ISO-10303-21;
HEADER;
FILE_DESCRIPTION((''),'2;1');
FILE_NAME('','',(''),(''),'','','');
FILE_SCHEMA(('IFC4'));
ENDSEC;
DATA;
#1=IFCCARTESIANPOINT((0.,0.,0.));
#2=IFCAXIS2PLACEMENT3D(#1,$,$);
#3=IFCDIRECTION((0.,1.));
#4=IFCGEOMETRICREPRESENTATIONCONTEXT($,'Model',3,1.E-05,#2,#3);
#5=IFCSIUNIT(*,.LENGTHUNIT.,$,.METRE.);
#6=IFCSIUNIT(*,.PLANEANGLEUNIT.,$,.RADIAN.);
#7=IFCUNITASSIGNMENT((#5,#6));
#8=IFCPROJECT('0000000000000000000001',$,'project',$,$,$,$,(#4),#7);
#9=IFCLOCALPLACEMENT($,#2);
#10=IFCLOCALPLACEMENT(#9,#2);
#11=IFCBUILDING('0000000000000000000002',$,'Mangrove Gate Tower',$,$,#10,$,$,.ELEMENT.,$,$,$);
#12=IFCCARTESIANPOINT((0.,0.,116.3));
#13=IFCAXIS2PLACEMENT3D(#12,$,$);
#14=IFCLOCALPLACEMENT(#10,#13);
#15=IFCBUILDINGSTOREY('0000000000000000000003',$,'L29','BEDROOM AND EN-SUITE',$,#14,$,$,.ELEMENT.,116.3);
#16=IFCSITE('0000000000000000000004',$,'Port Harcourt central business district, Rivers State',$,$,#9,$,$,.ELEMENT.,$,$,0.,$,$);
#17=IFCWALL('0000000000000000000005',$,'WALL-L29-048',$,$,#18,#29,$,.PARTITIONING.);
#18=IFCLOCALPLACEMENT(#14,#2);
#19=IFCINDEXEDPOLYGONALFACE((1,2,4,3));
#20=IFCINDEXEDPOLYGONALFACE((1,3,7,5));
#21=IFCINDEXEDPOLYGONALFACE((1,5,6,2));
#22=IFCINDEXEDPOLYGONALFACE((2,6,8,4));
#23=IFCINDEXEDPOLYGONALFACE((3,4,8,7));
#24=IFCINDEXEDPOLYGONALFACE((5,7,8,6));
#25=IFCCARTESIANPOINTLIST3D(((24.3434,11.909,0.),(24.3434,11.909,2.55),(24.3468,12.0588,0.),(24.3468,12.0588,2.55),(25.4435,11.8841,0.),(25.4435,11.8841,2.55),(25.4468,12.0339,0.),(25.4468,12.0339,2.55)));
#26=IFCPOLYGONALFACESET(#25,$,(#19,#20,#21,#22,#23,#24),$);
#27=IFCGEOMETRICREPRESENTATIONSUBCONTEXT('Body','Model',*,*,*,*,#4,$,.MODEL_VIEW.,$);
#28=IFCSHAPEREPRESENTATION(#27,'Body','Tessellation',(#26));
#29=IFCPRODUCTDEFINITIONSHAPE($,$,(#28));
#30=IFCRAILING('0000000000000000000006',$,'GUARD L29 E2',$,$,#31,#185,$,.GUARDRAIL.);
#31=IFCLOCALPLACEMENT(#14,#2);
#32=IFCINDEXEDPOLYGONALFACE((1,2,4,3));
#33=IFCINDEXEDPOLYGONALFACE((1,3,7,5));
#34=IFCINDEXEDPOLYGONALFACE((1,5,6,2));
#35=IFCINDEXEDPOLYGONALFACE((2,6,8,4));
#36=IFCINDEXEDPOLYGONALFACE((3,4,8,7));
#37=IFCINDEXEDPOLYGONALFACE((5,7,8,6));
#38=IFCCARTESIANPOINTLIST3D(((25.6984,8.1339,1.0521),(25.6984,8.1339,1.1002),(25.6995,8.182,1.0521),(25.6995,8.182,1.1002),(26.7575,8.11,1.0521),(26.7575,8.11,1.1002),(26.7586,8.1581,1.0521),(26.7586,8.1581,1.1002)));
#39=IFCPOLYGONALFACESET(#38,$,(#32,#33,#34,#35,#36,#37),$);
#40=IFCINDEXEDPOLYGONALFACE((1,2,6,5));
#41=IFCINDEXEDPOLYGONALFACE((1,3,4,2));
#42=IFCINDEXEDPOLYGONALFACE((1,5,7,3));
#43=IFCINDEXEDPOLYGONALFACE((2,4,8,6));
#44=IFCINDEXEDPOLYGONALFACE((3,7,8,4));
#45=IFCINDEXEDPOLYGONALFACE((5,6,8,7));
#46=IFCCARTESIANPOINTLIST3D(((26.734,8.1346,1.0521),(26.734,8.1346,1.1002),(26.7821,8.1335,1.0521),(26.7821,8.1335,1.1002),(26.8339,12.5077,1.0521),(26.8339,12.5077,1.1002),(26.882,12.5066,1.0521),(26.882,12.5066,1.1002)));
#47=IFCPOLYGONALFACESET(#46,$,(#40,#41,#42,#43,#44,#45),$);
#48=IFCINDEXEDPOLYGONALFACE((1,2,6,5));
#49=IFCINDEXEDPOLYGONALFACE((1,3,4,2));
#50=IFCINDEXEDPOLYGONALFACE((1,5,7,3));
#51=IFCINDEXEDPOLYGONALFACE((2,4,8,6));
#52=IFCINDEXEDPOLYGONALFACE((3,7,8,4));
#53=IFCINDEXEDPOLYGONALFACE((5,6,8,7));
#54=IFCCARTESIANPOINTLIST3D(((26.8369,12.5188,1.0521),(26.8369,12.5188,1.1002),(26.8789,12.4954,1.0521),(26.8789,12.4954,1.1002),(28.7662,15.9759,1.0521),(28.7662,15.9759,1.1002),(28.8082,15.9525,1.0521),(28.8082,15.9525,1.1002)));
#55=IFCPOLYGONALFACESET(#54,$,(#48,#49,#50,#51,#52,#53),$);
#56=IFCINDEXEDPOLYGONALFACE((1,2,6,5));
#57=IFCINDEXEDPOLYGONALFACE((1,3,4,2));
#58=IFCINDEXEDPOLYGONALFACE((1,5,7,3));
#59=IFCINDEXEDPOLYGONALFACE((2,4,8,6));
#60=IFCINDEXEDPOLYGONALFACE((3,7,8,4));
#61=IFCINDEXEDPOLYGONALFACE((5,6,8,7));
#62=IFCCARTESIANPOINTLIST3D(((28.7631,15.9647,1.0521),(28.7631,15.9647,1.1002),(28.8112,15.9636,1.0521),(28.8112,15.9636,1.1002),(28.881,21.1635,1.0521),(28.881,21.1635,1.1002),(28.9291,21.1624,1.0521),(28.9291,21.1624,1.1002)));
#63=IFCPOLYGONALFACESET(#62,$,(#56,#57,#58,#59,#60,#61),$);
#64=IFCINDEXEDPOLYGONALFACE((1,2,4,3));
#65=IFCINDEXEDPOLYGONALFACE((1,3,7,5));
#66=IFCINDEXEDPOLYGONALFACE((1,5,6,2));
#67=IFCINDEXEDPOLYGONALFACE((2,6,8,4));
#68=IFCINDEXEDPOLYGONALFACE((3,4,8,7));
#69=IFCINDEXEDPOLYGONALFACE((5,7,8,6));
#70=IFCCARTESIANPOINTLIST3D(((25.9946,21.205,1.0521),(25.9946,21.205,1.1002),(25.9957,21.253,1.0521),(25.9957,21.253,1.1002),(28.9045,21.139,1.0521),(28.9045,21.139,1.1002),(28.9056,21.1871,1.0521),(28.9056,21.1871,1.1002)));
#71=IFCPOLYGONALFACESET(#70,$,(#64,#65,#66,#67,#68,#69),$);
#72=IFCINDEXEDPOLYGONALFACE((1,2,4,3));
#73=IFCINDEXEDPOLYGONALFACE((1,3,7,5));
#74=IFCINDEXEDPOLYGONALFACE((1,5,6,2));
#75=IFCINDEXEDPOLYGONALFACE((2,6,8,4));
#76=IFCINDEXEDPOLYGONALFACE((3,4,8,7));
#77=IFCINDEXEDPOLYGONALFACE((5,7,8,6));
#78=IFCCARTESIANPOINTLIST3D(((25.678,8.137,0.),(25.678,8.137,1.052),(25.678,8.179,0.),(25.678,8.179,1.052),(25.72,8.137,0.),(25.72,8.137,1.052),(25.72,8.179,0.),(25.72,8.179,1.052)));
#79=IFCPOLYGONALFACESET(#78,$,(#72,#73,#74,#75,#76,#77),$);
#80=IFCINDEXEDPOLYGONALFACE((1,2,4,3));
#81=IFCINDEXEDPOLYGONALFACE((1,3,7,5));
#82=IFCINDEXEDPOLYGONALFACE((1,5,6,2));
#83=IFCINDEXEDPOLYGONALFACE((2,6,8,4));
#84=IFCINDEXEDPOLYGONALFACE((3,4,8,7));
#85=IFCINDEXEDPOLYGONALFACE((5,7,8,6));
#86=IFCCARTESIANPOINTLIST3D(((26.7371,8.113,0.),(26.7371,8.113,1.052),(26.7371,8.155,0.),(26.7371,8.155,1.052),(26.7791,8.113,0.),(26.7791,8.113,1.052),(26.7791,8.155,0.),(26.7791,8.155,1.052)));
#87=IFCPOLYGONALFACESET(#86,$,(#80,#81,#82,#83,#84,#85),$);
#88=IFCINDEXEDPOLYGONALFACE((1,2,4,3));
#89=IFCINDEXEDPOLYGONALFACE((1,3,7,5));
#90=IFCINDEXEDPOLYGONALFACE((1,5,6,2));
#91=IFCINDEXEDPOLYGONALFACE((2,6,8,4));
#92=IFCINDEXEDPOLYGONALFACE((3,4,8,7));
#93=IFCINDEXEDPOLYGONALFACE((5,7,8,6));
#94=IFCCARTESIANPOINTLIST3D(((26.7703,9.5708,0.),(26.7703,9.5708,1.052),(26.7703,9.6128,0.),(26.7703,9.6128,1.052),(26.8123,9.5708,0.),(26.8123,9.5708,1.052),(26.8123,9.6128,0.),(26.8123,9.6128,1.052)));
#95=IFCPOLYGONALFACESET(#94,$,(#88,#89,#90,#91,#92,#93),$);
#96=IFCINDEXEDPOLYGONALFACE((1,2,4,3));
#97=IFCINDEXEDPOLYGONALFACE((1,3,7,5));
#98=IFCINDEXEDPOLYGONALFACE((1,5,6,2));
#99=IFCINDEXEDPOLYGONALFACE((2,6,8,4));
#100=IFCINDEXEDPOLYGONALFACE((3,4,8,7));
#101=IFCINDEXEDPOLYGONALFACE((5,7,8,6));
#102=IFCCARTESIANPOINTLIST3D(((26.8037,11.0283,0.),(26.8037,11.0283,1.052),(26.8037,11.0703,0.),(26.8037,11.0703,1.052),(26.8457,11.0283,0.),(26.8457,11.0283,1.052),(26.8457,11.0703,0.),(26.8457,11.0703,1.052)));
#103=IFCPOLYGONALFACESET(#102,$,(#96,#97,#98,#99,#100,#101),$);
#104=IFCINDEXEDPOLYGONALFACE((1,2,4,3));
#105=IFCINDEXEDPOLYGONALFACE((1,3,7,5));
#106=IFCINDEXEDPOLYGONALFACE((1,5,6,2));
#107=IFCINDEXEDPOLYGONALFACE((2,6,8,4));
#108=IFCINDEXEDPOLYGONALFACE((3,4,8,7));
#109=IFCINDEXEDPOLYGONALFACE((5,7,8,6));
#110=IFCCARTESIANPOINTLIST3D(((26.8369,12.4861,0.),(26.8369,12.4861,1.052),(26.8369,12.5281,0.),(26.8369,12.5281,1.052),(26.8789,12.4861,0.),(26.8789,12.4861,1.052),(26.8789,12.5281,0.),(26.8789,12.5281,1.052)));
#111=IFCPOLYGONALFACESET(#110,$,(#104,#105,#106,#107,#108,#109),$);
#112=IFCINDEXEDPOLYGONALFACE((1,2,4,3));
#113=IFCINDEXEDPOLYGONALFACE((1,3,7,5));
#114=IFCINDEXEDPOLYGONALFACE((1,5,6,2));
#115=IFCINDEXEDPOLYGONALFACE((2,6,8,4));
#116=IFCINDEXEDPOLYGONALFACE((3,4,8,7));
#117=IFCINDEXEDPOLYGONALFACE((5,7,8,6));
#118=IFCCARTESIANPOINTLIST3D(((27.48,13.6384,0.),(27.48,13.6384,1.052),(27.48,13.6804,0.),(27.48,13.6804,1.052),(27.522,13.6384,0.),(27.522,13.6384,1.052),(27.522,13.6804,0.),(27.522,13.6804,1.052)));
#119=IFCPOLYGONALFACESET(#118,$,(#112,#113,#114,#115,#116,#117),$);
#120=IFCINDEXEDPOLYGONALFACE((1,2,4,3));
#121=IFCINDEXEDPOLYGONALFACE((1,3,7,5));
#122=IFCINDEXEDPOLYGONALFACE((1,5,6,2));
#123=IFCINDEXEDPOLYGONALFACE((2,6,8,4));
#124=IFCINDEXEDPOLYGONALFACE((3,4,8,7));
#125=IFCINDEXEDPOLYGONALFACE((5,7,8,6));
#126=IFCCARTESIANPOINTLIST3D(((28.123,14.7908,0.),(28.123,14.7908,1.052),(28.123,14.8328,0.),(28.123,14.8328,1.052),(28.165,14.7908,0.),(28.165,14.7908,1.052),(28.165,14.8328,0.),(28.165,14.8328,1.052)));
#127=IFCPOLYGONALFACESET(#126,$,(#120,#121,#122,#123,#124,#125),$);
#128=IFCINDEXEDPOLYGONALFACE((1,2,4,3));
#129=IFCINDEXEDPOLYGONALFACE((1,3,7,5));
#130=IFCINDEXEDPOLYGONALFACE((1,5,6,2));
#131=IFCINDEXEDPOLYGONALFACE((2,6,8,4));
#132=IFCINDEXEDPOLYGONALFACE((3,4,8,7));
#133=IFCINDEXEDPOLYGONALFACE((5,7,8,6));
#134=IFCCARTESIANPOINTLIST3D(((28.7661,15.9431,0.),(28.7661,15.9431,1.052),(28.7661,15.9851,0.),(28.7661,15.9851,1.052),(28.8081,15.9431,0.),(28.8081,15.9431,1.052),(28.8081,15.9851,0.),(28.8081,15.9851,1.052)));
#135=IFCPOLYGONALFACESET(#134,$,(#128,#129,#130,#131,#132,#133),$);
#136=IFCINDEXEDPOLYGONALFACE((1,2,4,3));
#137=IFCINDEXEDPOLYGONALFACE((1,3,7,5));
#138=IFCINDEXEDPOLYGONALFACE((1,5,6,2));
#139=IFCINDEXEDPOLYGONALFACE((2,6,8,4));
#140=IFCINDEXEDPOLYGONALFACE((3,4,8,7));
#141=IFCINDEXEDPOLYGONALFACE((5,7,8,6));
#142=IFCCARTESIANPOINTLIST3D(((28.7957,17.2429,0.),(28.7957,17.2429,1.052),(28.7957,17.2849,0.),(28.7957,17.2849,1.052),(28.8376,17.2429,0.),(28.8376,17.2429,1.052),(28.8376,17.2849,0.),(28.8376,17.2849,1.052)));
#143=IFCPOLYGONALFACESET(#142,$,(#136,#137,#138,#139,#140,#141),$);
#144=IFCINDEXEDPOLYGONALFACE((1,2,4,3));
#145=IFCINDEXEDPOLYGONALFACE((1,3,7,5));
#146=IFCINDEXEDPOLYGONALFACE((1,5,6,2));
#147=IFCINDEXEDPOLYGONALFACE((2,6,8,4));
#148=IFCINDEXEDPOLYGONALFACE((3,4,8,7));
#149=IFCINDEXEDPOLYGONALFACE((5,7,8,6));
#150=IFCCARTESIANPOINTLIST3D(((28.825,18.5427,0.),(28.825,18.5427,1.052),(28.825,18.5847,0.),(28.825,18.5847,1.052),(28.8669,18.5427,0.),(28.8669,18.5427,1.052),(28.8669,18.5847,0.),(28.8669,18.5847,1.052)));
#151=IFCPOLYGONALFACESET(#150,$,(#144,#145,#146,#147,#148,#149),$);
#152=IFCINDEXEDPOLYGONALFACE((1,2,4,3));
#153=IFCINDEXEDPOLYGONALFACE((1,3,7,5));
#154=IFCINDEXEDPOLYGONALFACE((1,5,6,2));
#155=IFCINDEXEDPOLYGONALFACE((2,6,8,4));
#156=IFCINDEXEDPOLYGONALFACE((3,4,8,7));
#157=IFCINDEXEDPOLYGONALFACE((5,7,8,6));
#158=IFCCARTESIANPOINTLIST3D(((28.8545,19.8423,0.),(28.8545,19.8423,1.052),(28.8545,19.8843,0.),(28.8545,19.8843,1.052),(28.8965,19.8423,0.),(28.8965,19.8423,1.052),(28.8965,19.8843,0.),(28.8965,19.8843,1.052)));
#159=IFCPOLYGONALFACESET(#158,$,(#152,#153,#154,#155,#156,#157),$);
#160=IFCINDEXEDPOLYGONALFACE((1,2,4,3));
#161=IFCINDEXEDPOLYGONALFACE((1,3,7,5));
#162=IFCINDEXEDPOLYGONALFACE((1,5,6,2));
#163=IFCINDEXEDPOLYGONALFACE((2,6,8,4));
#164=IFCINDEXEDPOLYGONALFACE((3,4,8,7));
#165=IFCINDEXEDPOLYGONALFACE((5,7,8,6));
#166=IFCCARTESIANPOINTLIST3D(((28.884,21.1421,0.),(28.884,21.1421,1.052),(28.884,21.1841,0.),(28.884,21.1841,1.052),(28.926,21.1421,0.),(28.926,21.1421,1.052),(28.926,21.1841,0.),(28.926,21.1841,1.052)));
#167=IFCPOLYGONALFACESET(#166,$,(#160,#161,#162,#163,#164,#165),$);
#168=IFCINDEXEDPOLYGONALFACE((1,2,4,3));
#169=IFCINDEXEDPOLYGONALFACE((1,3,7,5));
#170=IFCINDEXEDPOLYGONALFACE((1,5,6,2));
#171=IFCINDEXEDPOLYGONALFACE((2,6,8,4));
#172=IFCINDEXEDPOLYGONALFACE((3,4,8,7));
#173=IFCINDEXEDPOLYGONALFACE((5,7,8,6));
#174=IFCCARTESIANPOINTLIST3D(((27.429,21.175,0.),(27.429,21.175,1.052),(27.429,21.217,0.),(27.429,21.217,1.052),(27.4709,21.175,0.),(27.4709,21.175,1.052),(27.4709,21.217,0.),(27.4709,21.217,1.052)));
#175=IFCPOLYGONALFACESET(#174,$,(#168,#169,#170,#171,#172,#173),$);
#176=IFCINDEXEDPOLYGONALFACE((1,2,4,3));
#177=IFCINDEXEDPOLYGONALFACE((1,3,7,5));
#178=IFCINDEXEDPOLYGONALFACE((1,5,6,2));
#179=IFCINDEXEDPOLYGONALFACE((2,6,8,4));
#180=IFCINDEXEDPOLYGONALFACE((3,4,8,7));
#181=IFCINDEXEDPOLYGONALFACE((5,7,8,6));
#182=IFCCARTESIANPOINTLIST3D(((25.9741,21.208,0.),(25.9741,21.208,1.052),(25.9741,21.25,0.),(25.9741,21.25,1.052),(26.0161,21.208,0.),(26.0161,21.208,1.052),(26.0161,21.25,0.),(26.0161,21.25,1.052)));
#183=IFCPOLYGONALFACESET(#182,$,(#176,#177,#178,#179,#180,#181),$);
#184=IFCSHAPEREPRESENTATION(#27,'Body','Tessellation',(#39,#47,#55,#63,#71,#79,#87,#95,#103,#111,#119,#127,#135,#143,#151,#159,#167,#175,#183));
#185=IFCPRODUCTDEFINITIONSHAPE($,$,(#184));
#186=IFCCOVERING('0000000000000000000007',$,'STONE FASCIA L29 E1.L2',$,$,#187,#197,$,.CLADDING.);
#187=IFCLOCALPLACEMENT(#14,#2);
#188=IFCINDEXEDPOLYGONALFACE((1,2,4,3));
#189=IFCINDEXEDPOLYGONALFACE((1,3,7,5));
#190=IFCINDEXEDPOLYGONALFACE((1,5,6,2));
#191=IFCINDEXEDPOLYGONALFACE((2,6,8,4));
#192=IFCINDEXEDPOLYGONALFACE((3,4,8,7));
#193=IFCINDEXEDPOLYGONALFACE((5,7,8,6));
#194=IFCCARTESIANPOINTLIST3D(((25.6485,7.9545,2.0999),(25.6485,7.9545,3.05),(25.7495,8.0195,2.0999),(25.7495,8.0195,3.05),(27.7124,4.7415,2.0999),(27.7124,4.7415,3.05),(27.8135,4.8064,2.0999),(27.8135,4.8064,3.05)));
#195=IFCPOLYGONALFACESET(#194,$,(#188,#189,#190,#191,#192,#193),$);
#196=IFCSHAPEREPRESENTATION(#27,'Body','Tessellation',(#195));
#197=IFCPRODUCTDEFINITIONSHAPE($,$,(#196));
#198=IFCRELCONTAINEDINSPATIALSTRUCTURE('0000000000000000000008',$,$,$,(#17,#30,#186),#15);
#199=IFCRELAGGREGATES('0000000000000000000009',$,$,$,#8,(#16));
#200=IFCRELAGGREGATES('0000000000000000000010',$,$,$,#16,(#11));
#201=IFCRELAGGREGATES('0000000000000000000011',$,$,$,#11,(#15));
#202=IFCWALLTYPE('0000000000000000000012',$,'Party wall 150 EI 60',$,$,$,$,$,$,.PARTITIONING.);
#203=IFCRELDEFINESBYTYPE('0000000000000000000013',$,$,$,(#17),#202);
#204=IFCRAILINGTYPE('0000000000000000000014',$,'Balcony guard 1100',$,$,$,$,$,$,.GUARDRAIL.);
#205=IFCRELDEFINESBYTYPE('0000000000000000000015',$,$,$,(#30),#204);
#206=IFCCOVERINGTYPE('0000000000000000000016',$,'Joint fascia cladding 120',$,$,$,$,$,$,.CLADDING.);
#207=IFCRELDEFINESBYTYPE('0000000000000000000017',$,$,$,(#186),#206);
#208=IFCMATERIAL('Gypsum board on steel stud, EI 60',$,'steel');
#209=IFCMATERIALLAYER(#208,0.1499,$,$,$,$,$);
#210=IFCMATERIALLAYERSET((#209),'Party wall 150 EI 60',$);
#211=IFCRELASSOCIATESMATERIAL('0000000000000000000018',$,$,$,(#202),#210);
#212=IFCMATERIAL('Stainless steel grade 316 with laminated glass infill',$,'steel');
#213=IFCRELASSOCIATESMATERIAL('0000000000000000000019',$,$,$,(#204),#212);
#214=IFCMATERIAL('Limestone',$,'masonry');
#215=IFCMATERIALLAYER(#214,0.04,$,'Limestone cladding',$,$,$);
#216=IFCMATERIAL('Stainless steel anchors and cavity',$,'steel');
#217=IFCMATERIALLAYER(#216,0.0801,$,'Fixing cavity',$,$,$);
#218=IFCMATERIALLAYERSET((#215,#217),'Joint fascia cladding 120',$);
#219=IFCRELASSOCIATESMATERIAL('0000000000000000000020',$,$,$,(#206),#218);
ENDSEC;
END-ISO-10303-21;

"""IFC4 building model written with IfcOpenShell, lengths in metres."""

from ifc_helpers import new_model, si_unit, direction, frame, frame_2d, origin, origin_2d, place, context, subcontext, project, spatial, rectangle, extrude, material, layer, layer_set, type_object, element, save


model = new_model("IFC4")

# Units and contexts
model_context = context("Model", 3, precision=1e-05, world=origin(), true_north=direction((0.0, 1.0)))
body_context = subcontext(model_context, "Body", "Model", "MODEL_VIEW")
ifc_project = project(units=[si_unit("LENGTHUNIT", "METRE"), si_unit("PLANEANGLEUNIT", "RADIAN")], contexts=[model_context])

# Site, building, storey
site_placement = place(None, origin())
site = spatial("IfcSite", under=ifc_project, at=site_placement, Name="Port Harcourt central business district, Rivers State", CompositionType="ELEMENT", RefElevation=0.0)
building_placement = place(site_placement, origin())
building = spatial("IfcBuilding", under=site, at=building_placement, Name="Mangrove Gate Tower", CompositionType="ELEMENT")
storey_placement = place(building_placement, frame((0.0, 0.0, 116.3)))
storey = spatial("IfcBuildingStorey", under=building, at=storey_placement, Name="L29", Description="BEDROOM AND EN-SUITE", CompositionType="ELEMENT", Elevation=116.3)

# Shared definitions
ifc_material_1 = material(Name="Limestone", Category="masonry")

# Wall
ifc_material_2 = material(Name="Gypsum board on steel stud, EI 60", Category="steel")
ifc_layer_1 = layer(ifc_material_2, 0.1499)
ifc_layer_set_1 = layer_set([ifc_layer_1], Name="Party wall 150 EI 60")
wall_type_1 = type_object("IfcWallType", Name="Party wall 150 EI 60", PredefinedType="PARTITIONING", material=ifc_layer_set_1)
wall_1_placement = place(storey_placement, frame((24.345, 11.9839, 0.0), z_axis=(0.0, 0.0, 1.0), x_axis=(0.999744, -0.022631, 0.0)))
element("IfcWall", 1, at=wall_1_placement, inside=storey, type_object=wall_type_1, Name="WALL-L29-048", PredefinedType="PARTITIONING", context=body_context, shape_type="SweptSolid", body=[
    extrude(rectangle(XDim=1.1003, YDim=0.1499, at=frame_2d((0.5503, 0.0))), origin(), (0.0, 0.0, 1.0), 2.55),
])

# Railing
ifc_material_3 = material(Name="Stainless steel grade 316 with laminated glass infill", Category="steel")
railing_type = type_object("IfcRailingType", Name="Balcony guard 1100", PredefinedType="GUARDRAIL", material=ifc_material_3)
railing_placement = place(storey_placement, frame((25.699, 8.158, 0.0)))
element("IfcRailing", 2, at=railing_placement, inside=storey, type_object=railing_type, Name="GUARD L29 E2", PredefinedType="GUARDRAIL", context=body_context, shape_type="SweptSolid", body=[
    extrude(rectangle(XDim=0.0481, YDim=0.0481, at=origin_2d()), frame((0.0, 0.0, 1.0762), z_axis=(0.999745, -0.022585, 0.0), x_axis=(0.022585, 0.999745, 0.0)), (0.0, 0.0, 1.0), 1.0593),
    extrude(rectangle(XDim=0.0481, YDim=0.0481, at=origin_2d()), frame((1.0591, -0.0239, 1.0762), z_axis=(0.022828, 0.999739, 0.0), x_axis=(-0.999739, 0.022828, 0.0)), (0.0, 0.0, 1.0), 4.3743),
    extrude(rectangle(XDim=0.0481, YDim=0.0481, at=origin_2d()), frame((1.1589, 4.3491, 1.0762), z_axis=(0.487307, 0.873231, 0.0), x_axis=(-0.873231, 0.487307, 0.0)), (0.0, 0.0, 1.0), 3.959),
    extrude(rectangle(XDim=0.0481, YDim=0.0481, at=origin_2d()), frame((3.0881, 7.8062, 1.0762), z_axis=(0.022676, 0.999743, 0.0), x_axis=(-0.999743, 0.022676, 0.0)), (0.0, 0.0, 1.0), 5.2002),
    extrude(rectangle(XDim=0.0481, YDim=0.0481, at=origin_2d()), frame((3.2061, 13.0051, 1.0762), z_axis=(-0.999744, 0.022647, 0.0), x_axis=(-0.022647, -0.999744, 0.0)), (0.0, 0.0, 1.0), 2.9106),
    extrude(rectangle(XDim=0.042, YDim=0.042, at=origin_2d()), origin(), (0.0, 0.0, 1.0), 1.052),
    extrude(rectangle(XDim=0.042, YDim=0.042, at=origin_2d()), frame((1.0591, -0.0239, 0.0)), (0.0, 0.0, 1.0), 1.052),
    extrude(rectangle(XDim=0.042, YDim=0.042, at=origin_2d()), frame((1.0923, 1.4338, 0.0)), (0.0, 0.0, 1.0), 1.052),
    extrude(rectangle(XDim=0.042, YDim=0.042, at=origin_2d()), frame((1.1257, 2.8914, 0.0)), (0.0, 0.0, 1.0), 1.052),
    extrude(rectangle(XDim=0.042, YDim=0.042, at=origin_2d()), frame((1.1589, 4.3491, 0.0)), (0.0, 0.0, 1.0), 1.052),
    extrude(rectangle(XDim=0.042, YDim=0.042, at=origin_2d()), frame((1.802, 5.5015, 0.0)), (0.0, 0.0, 1.0), 1.052),
    extrude(rectangle(XDim=0.042, YDim=0.042, at=origin_2d()), frame((2.4451, 6.6538, 0.0)), (0.0, 0.0, 1.0), 1.052),
    extrude(rectangle(XDim=0.042, YDim=0.042, at=origin_2d()), frame((3.0881, 7.8062, 0.0)), (0.0, 0.0, 1.0), 1.052),
    extrude(rectangle(XDim=0.042, YDim=0.042, at=origin_2d()), frame((3.1177, 9.106, 0.0)), (0.0, 0.0, 1.0), 1.052),
    extrude(rectangle(XDim=0.042, YDim=0.042, at=origin_2d()), frame((3.147, 10.4058, 0.0)), (0.0, 0.0, 1.0), 1.052),
    extrude(rectangle(XDim=0.042, YDim=0.042, at=origin_2d()), frame((3.1765, 11.7053, 0.0)), (0.0, 0.0, 1.0), 1.052),
    extrude(rectangle(XDim=0.042, YDim=0.042, at=origin_2d()), frame((3.2061, 13.0051, 0.0)), (0.0, 0.0, 1.0), 1.052),
    extrude(rectangle(XDim=0.042, YDim=0.042, at=origin_2d()), frame((1.751, 13.0381, 0.0)), (0.0, 0.0, 1.0), 1.052),
    extrude(rectangle(XDim=0.042, YDim=0.042, at=origin_2d()), frame((0.2961, 13.071, 0.0)), (0.0, 0.0, 1.0), 1.052),
])

# Covering
ifc_layer_2 = layer(ifc_material_1, 0.04, Name="Limestone cladding")
ifc_material_4 = material(Name="Stainless steel anchors and cavity", Category="steel")
ifc_layer_3 = layer(ifc_material_4, 0.0801, Name="Fixing cavity")
ifc_layer_set_2 = layer_set([ifc_layer_2, ifc_layer_3], Name="Joint fascia cladding 120")
covering_type = type_object("IfcCoveringType", Name="Joint fascia cladding 120", PredefinedType="CLADDING", material=ifc_layer_set_2)
covering_placement = place(storey_placement, frame((27.7629, 4.7739, 2.0999), z_axis=(0.0, 0.0, 1.0), x_axis=(-0.540457, 0.841372, 0.0)))
element("IfcCovering", 3, at=covering_placement, inside=storey, type_object=covering_type, Name="STONE FASCIA L29 E1.L2", PredefinedType="CLADDING", context=body_context, shape_type="SweptSolid", body=[
    extrude(rectangle(XDim=3.8188, YDim=0.1201, at=frame_2d((1.9094, 0.0))), origin(), (0.0, 0.0, 1.0), 0.9502),
])

save(model, "model.ifc")
